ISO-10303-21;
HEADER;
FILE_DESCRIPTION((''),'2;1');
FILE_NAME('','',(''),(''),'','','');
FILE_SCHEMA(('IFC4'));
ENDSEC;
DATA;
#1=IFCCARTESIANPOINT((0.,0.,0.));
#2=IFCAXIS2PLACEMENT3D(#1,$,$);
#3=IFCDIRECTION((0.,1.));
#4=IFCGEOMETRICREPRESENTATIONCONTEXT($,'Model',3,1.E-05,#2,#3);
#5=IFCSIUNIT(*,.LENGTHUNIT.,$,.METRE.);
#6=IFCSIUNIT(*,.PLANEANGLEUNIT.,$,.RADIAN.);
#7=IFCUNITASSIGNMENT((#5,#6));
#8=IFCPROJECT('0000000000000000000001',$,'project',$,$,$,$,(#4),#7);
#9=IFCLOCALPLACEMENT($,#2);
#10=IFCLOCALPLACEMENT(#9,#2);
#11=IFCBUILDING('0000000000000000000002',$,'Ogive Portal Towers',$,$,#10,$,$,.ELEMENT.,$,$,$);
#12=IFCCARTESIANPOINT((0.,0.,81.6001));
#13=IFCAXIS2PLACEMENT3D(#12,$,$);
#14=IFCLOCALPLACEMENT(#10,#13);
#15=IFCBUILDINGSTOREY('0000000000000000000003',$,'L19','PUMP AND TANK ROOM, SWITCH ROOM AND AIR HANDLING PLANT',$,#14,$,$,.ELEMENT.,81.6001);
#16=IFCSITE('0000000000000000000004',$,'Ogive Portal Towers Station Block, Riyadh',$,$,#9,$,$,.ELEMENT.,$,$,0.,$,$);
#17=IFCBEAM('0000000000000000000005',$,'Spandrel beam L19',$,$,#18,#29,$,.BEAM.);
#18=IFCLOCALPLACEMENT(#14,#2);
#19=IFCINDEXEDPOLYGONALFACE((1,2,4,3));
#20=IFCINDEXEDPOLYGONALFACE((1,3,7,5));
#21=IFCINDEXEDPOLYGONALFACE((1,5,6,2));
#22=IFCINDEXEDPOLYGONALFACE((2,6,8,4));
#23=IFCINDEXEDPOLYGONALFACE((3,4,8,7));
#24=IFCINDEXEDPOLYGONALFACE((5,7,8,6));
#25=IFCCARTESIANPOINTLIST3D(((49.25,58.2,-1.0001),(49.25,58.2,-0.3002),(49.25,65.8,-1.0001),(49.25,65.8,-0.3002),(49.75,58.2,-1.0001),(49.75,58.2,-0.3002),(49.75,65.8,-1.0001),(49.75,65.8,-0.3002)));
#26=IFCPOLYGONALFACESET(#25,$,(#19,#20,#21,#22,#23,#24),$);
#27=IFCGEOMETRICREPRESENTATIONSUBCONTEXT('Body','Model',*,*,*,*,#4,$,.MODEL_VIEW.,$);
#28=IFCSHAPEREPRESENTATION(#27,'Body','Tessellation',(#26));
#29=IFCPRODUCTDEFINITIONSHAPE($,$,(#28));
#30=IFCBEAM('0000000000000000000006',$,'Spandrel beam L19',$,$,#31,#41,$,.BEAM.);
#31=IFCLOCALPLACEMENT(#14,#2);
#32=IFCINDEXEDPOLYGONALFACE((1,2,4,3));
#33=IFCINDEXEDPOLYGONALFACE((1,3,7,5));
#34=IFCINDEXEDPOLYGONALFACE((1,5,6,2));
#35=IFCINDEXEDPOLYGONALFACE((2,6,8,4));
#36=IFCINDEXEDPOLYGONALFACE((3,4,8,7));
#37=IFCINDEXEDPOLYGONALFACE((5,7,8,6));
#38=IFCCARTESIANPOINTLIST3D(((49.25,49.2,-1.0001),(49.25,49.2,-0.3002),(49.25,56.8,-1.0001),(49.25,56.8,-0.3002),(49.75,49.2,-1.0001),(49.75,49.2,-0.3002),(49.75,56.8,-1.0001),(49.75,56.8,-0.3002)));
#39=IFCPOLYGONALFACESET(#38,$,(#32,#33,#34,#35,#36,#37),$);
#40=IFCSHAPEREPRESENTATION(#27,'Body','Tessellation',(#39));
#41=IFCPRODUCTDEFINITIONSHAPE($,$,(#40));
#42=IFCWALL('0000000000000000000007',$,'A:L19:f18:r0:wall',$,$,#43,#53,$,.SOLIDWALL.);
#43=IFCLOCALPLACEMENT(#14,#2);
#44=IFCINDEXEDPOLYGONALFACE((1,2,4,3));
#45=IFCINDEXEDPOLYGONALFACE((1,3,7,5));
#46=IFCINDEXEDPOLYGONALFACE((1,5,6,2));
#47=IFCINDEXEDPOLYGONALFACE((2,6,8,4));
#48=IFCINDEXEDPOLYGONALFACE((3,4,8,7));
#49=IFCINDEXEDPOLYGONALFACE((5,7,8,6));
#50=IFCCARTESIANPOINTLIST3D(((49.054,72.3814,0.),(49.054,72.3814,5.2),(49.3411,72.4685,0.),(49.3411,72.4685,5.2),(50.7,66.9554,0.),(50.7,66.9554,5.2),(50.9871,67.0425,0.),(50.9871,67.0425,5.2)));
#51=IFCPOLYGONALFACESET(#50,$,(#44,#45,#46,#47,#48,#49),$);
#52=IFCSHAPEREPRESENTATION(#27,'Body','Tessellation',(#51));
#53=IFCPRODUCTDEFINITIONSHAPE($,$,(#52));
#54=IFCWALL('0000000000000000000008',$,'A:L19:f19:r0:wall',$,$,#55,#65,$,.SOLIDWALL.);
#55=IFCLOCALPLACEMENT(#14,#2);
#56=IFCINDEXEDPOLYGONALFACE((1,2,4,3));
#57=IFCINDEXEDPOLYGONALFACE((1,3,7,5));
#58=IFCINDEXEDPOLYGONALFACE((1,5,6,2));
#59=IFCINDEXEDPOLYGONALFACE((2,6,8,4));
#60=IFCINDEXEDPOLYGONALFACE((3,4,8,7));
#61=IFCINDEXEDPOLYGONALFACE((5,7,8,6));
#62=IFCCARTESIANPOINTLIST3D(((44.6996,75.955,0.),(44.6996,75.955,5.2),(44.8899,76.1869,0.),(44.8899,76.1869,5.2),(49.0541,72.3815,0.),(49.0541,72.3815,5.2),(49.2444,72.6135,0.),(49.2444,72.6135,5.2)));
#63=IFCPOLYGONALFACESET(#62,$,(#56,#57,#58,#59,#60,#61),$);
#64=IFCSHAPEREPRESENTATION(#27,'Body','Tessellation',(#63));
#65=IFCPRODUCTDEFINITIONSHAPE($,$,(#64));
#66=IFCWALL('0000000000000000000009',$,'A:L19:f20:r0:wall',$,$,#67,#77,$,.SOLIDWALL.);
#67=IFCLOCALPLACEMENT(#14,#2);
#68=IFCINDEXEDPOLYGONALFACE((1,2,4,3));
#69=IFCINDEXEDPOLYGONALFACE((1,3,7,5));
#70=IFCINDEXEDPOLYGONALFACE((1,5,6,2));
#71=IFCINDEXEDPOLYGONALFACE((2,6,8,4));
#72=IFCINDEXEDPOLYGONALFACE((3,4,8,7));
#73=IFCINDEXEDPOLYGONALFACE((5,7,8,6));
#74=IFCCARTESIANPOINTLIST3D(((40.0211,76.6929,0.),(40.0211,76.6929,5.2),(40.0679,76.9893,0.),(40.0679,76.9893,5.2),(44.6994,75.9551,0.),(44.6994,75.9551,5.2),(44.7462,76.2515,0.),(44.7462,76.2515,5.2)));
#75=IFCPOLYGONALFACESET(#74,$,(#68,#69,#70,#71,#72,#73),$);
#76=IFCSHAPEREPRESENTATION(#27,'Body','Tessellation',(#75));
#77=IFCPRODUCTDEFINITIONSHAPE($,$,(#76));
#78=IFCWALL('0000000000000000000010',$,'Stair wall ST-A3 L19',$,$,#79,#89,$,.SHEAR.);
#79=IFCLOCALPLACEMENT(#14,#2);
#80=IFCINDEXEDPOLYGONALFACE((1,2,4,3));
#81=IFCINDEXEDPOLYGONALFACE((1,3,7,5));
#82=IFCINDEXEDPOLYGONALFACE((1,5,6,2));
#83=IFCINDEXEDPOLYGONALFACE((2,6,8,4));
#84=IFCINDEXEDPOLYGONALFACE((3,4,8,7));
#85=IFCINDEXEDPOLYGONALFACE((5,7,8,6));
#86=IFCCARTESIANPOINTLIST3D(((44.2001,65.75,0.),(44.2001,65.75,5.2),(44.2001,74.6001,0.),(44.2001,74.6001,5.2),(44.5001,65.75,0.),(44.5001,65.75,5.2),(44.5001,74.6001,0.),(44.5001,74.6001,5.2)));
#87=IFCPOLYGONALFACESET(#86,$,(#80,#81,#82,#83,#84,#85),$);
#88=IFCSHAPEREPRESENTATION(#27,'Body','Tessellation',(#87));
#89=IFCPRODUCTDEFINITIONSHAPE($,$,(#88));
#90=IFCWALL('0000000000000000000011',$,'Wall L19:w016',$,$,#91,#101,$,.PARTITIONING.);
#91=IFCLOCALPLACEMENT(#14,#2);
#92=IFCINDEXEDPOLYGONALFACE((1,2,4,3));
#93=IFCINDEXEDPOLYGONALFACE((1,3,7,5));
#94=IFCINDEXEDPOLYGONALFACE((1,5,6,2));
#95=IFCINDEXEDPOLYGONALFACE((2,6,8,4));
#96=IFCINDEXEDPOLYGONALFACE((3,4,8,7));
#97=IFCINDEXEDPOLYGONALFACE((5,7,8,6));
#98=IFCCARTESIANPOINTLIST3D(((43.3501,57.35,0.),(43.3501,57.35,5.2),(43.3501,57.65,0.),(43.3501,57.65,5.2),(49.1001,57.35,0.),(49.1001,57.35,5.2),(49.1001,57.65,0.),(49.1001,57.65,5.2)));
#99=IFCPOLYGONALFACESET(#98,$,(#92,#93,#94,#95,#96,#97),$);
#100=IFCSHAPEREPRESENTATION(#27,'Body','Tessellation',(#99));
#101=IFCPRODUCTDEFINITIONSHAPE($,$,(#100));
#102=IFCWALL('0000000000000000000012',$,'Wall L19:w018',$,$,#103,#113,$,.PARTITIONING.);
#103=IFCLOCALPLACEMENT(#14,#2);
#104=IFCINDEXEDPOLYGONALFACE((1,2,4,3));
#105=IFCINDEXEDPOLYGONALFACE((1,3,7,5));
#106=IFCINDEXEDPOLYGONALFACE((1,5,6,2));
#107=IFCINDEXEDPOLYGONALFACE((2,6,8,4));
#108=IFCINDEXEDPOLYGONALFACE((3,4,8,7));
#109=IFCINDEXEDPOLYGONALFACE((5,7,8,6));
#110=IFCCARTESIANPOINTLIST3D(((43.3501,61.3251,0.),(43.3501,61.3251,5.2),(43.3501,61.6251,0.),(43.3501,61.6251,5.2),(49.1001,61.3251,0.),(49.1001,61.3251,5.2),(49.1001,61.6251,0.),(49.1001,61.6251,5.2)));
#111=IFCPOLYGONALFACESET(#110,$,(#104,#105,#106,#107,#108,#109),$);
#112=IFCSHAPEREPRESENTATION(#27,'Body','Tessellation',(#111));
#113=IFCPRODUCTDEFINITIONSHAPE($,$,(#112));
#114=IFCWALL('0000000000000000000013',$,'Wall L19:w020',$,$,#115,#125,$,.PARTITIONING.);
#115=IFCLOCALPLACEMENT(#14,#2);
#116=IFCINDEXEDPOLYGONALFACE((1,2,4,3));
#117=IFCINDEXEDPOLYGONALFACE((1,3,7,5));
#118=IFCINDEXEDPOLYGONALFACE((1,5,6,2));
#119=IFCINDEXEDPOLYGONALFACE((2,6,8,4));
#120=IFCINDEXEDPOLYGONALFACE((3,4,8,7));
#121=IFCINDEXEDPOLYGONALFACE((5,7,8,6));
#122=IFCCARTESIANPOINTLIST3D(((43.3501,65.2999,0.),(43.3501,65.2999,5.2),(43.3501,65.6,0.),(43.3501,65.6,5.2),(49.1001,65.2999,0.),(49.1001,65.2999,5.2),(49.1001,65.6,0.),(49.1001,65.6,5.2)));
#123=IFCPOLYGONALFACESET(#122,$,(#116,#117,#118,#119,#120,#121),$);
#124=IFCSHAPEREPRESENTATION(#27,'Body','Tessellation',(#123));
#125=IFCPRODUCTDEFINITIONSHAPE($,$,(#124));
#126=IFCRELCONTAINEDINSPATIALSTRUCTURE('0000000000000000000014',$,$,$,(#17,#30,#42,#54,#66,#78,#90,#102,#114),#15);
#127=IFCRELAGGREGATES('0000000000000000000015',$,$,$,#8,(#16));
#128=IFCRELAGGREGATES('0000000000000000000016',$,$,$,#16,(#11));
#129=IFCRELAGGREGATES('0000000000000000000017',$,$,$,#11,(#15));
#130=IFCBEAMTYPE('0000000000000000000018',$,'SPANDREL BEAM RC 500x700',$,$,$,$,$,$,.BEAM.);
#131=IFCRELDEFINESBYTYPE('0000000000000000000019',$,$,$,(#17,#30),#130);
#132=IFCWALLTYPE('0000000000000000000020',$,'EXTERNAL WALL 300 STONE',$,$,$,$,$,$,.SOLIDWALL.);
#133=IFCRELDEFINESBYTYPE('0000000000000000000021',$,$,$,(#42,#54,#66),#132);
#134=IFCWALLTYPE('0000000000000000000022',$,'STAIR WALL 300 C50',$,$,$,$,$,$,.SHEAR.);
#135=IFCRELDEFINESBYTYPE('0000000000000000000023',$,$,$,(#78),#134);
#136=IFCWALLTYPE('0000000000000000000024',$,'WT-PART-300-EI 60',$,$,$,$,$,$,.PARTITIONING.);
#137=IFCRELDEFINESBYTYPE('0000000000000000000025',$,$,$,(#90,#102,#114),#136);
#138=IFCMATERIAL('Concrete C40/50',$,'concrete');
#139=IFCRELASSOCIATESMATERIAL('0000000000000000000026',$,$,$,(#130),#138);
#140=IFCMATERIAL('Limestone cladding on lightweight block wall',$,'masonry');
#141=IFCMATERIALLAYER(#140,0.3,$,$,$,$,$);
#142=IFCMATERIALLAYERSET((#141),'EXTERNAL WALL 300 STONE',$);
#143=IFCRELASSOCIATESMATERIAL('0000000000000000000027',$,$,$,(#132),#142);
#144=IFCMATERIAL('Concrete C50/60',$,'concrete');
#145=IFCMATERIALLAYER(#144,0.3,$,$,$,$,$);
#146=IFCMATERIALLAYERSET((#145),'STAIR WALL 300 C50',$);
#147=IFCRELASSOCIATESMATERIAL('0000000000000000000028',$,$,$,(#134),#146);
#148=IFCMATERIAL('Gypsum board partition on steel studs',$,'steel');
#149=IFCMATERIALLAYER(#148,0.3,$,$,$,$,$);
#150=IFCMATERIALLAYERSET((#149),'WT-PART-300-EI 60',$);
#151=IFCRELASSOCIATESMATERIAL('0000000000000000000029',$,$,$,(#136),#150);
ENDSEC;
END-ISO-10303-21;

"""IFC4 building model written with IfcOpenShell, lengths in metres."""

from ifc_helpers import new_model, si_unit, direction, frame, frame_2d, origin, origin_2d, place, context, subcontext, project, spatial, rectangle, extrude, material, layer, layer_set, material_profile, profile_set, type_object, element, save


model = new_model("IFC4")

# Units and contexts
model_context = context("Model", 3, precision=1e-05, world=origin(), true_north=direction((0.0, 1.0)))
body_context = subcontext(model_context, "Body", "Model", "MODEL_VIEW")
ifc_project = project(units=[si_unit("LENGTHUNIT", "METRE"), si_unit("PLANEANGLEUNIT", "RADIAN")], contexts=[model_context])

# Site, building, storey
site_placement = place(None, origin())
site = spatial("IfcSite", under=ifc_project, at=site_placement, Name="Ogive Portal Towers Station Block, Riyadh", CompositionType="ELEMENT", RefElevation=0.0)
building_placement = place(site_placement, origin())
building = spatial("IfcBuilding", under=site, at=building_placement, Name="Ogive Portal Towers", CompositionType="ELEMENT")
storey_placement = place(building_placement, frame((0.0, 0.0, 81.6001)))
storey = spatial("IfcBuildingStorey", under=building, at=storey_placement, Name="L19", Description="PUMP AND TANK ROOM, SWITCH ROOM AND AIR HANDLING PLANT", CompositionType="ELEMENT", Elevation=81.6001)

# Shared definitions
ifc_material_1 = material(Name="Concrete C40/50", Category="concrete")

# Beams
ifc_material_profile_1 = material_profile(ifc_material_1, rectangle(XDim=0.5, YDim=0.7, at=origin_2d()), Name="RC 500x700")
ifc_profile_set_1 = profile_set([ifc_material_profile_1], Name="Concrete C40/50")
beam_type_1 = type_object("IfcBeamType", Name="SPANDREL BEAM RC 500x700", PredefinedType="BEAM", material=ifc_profile_set_1)
for number, where, z_axis, x_axis, name in (
    (1, (49.5, 65.8, -0.6501), (0.0, -1.0, 0.0), (1.0, 0.0, 0.0), "Spandrel beam L19"),
    (2, (49.5, 56.8, -0.6501), (0.0, -1.0, 0.0), (1.0, 0.0, 0.0), "Spandrel beam L19"),
):
    element("IfcBeam", number, at=place(storey_placement, frame(where, z_axis=z_axis, x_axis=x_axis)), inside=storey, type_object=beam_type_1, Name=name, PredefinedType="BEAM", context=body_context, shape_type="SweptSolid", body=[
        extrude(rectangle(XDim=0.5, YDim=0.7, at=origin_2d()), origin(), (0.0, 0.0, 1.0), 7.6001),
    ])

# Walls
ifc_material_2 = material(Name="Limestone cladding on lightweight block wall", Category="masonry")
ifc_layer_1 = layer(ifc_material_2, 0.3)
ifc_layer_set_1 = layer_set([ifc_layer_1], Name="EXTERNAL WALL 300 STONE")
wall_type_1 = type_object("IfcWallType", Name="EXTERNAL WALL 300 STONE", PredefinedType="SOLIDWALL", material=ifc_layer_set_1)
wall_1_placement = place(storey_placement, frame((50.8435, 66.999, 0.0), z_axis=(0.0, 0.0, 1.0), x_axis=(-0.290289, 0.956939, 0.0)))
element("IfcWall", 3, at=wall_1_placement, inside=storey, type_object=wall_type_1, Name="A:L19:f18:r0:wall", PredefinedType="SOLIDWALL", context=body_context, shape_type="SweptSolid", body=[
    extrude(rectangle(XDim=5.6702, YDim=0.3, at=frame_2d((2.835, 0.0))), origin(), (0.0, 0.0, 1.0), 5.2),
])
wall_2_placement = place(storey_placement, frame((49.1492, 72.4976, 0.0), z_axis=(0.0, 0.0, 1.0), x_axis=(-0.773024, 0.634377, 0.0)))
element("IfcWall", 4, at=wall_2_placement, inside=storey, type_object=wall_type_1, Name="A:L19:f19:r0:wall", PredefinedType="SOLIDWALL", context=body_context, shape_type="SweptSolid", body=[
    extrude(rectangle(XDim=5.6331, YDim=0.3, at=frame_2d((2.8164, 0.0))), origin(), (0.0, 0.0, 1.0), 5.2),
])
wall_3_placement = place(storey_placement, frame((44.7229, 76.1033, 0.0), z_axis=(0.0, 0.0, 1.0), x_axis=(-0.987791, 0.155783, 0.0)))
element("IfcWall", 5, at=wall_3_placement, inside=storey, type_object=wall_type_1, Name="A:L19:f20:r0:wall", PredefinedType="SOLIDWALL", context=body_context, shape_type="SweptSolid", body=[
    extrude(rectangle(XDim=4.7361, YDim=0.3, at=frame_2d((2.3682, 0.0))), origin(), (0.0, 0.0, 1.0), 5.2),
])
ifc_material_3 = material(Name="Concrete C50/60", Category="concrete")
ifc_layer_2 = layer(ifc_material_3, 0.3)
ifc_layer_set_2 = layer_set([ifc_layer_2], Name="STAIR WALL 300 C50")
wall_type_2 = type_object("IfcWallType", Name="STAIR WALL 300 C50", PredefinedType="SHEAR", material=ifc_layer_set_2)
wall_4_placement = place(storey_placement, frame((44.3501, 65.75, 0.0), z_axis=(0.0, 0.0, 1.0), x_axis=(0.0, 1.0, 0.0)))
element("IfcWall", 6, at=wall_4_placement, inside=storey, type_object=wall_type_2, Name="Stair wall ST-A3 L19", PredefinedType="SHEAR", context=body_context, shape_type="SweptSolid", body=[
    extrude(rectangle(XDim=8.8501, YDim=0.3, at=frame_2d((4.425, 0.0))), origin(), (0.0, 0.0, 1.0), 5.2),
])
ifc_material_4 = material(Name="Gypsum board partition on steel studs", Category="steel")
ifc_layer_3 = layer(ifc_material_4, 0.3)
ifc_layer_set_3 = layer_set([ifc_layer_3], Name="WT-PART-300-EI 60")
wall_type_3 = type_object("IfcWallType", Name="WT-PART-300-EI 60", PredefinedType="PARTITIONING", material=ifc_layer_set_3)
for number, where, z_axis, x_axis, name in (
    (7, (43.3501, 57.5, 0.0), (0.0, 0.0, 1.0), (1.0, 0.0, 0.0), "Wall L19:w016"),
    (8, (43.3501, 61.4751, 0.0), (0.0, 0.0, 1.0), (1.0, 0.0, 0.0), "Wall L19:w018"),
    (9, (43.3501, 65.45, 0.0), (0.0, 0.0, 1.0), (1.0, 0.0, 0.0), "Wall L19:w020"),
):
    element("IfcWall", number, at=place(storey_placement, frame(where, z_axis=z_axis, x_axis=x_axis)), inside=storey, type_object=wall_type_3, Name=name, PredefinedType="PARTITIONING", context=body_context, shape_type="SweptSolid", body=[
        extrude(rectangle(XDim=5.75, YDim=0.3, at=frame_2d((2.875, 0.0))), origin(), (0.0, 0.0, 1.0), 5.2),
    ])

save(model, "model.ifc")
